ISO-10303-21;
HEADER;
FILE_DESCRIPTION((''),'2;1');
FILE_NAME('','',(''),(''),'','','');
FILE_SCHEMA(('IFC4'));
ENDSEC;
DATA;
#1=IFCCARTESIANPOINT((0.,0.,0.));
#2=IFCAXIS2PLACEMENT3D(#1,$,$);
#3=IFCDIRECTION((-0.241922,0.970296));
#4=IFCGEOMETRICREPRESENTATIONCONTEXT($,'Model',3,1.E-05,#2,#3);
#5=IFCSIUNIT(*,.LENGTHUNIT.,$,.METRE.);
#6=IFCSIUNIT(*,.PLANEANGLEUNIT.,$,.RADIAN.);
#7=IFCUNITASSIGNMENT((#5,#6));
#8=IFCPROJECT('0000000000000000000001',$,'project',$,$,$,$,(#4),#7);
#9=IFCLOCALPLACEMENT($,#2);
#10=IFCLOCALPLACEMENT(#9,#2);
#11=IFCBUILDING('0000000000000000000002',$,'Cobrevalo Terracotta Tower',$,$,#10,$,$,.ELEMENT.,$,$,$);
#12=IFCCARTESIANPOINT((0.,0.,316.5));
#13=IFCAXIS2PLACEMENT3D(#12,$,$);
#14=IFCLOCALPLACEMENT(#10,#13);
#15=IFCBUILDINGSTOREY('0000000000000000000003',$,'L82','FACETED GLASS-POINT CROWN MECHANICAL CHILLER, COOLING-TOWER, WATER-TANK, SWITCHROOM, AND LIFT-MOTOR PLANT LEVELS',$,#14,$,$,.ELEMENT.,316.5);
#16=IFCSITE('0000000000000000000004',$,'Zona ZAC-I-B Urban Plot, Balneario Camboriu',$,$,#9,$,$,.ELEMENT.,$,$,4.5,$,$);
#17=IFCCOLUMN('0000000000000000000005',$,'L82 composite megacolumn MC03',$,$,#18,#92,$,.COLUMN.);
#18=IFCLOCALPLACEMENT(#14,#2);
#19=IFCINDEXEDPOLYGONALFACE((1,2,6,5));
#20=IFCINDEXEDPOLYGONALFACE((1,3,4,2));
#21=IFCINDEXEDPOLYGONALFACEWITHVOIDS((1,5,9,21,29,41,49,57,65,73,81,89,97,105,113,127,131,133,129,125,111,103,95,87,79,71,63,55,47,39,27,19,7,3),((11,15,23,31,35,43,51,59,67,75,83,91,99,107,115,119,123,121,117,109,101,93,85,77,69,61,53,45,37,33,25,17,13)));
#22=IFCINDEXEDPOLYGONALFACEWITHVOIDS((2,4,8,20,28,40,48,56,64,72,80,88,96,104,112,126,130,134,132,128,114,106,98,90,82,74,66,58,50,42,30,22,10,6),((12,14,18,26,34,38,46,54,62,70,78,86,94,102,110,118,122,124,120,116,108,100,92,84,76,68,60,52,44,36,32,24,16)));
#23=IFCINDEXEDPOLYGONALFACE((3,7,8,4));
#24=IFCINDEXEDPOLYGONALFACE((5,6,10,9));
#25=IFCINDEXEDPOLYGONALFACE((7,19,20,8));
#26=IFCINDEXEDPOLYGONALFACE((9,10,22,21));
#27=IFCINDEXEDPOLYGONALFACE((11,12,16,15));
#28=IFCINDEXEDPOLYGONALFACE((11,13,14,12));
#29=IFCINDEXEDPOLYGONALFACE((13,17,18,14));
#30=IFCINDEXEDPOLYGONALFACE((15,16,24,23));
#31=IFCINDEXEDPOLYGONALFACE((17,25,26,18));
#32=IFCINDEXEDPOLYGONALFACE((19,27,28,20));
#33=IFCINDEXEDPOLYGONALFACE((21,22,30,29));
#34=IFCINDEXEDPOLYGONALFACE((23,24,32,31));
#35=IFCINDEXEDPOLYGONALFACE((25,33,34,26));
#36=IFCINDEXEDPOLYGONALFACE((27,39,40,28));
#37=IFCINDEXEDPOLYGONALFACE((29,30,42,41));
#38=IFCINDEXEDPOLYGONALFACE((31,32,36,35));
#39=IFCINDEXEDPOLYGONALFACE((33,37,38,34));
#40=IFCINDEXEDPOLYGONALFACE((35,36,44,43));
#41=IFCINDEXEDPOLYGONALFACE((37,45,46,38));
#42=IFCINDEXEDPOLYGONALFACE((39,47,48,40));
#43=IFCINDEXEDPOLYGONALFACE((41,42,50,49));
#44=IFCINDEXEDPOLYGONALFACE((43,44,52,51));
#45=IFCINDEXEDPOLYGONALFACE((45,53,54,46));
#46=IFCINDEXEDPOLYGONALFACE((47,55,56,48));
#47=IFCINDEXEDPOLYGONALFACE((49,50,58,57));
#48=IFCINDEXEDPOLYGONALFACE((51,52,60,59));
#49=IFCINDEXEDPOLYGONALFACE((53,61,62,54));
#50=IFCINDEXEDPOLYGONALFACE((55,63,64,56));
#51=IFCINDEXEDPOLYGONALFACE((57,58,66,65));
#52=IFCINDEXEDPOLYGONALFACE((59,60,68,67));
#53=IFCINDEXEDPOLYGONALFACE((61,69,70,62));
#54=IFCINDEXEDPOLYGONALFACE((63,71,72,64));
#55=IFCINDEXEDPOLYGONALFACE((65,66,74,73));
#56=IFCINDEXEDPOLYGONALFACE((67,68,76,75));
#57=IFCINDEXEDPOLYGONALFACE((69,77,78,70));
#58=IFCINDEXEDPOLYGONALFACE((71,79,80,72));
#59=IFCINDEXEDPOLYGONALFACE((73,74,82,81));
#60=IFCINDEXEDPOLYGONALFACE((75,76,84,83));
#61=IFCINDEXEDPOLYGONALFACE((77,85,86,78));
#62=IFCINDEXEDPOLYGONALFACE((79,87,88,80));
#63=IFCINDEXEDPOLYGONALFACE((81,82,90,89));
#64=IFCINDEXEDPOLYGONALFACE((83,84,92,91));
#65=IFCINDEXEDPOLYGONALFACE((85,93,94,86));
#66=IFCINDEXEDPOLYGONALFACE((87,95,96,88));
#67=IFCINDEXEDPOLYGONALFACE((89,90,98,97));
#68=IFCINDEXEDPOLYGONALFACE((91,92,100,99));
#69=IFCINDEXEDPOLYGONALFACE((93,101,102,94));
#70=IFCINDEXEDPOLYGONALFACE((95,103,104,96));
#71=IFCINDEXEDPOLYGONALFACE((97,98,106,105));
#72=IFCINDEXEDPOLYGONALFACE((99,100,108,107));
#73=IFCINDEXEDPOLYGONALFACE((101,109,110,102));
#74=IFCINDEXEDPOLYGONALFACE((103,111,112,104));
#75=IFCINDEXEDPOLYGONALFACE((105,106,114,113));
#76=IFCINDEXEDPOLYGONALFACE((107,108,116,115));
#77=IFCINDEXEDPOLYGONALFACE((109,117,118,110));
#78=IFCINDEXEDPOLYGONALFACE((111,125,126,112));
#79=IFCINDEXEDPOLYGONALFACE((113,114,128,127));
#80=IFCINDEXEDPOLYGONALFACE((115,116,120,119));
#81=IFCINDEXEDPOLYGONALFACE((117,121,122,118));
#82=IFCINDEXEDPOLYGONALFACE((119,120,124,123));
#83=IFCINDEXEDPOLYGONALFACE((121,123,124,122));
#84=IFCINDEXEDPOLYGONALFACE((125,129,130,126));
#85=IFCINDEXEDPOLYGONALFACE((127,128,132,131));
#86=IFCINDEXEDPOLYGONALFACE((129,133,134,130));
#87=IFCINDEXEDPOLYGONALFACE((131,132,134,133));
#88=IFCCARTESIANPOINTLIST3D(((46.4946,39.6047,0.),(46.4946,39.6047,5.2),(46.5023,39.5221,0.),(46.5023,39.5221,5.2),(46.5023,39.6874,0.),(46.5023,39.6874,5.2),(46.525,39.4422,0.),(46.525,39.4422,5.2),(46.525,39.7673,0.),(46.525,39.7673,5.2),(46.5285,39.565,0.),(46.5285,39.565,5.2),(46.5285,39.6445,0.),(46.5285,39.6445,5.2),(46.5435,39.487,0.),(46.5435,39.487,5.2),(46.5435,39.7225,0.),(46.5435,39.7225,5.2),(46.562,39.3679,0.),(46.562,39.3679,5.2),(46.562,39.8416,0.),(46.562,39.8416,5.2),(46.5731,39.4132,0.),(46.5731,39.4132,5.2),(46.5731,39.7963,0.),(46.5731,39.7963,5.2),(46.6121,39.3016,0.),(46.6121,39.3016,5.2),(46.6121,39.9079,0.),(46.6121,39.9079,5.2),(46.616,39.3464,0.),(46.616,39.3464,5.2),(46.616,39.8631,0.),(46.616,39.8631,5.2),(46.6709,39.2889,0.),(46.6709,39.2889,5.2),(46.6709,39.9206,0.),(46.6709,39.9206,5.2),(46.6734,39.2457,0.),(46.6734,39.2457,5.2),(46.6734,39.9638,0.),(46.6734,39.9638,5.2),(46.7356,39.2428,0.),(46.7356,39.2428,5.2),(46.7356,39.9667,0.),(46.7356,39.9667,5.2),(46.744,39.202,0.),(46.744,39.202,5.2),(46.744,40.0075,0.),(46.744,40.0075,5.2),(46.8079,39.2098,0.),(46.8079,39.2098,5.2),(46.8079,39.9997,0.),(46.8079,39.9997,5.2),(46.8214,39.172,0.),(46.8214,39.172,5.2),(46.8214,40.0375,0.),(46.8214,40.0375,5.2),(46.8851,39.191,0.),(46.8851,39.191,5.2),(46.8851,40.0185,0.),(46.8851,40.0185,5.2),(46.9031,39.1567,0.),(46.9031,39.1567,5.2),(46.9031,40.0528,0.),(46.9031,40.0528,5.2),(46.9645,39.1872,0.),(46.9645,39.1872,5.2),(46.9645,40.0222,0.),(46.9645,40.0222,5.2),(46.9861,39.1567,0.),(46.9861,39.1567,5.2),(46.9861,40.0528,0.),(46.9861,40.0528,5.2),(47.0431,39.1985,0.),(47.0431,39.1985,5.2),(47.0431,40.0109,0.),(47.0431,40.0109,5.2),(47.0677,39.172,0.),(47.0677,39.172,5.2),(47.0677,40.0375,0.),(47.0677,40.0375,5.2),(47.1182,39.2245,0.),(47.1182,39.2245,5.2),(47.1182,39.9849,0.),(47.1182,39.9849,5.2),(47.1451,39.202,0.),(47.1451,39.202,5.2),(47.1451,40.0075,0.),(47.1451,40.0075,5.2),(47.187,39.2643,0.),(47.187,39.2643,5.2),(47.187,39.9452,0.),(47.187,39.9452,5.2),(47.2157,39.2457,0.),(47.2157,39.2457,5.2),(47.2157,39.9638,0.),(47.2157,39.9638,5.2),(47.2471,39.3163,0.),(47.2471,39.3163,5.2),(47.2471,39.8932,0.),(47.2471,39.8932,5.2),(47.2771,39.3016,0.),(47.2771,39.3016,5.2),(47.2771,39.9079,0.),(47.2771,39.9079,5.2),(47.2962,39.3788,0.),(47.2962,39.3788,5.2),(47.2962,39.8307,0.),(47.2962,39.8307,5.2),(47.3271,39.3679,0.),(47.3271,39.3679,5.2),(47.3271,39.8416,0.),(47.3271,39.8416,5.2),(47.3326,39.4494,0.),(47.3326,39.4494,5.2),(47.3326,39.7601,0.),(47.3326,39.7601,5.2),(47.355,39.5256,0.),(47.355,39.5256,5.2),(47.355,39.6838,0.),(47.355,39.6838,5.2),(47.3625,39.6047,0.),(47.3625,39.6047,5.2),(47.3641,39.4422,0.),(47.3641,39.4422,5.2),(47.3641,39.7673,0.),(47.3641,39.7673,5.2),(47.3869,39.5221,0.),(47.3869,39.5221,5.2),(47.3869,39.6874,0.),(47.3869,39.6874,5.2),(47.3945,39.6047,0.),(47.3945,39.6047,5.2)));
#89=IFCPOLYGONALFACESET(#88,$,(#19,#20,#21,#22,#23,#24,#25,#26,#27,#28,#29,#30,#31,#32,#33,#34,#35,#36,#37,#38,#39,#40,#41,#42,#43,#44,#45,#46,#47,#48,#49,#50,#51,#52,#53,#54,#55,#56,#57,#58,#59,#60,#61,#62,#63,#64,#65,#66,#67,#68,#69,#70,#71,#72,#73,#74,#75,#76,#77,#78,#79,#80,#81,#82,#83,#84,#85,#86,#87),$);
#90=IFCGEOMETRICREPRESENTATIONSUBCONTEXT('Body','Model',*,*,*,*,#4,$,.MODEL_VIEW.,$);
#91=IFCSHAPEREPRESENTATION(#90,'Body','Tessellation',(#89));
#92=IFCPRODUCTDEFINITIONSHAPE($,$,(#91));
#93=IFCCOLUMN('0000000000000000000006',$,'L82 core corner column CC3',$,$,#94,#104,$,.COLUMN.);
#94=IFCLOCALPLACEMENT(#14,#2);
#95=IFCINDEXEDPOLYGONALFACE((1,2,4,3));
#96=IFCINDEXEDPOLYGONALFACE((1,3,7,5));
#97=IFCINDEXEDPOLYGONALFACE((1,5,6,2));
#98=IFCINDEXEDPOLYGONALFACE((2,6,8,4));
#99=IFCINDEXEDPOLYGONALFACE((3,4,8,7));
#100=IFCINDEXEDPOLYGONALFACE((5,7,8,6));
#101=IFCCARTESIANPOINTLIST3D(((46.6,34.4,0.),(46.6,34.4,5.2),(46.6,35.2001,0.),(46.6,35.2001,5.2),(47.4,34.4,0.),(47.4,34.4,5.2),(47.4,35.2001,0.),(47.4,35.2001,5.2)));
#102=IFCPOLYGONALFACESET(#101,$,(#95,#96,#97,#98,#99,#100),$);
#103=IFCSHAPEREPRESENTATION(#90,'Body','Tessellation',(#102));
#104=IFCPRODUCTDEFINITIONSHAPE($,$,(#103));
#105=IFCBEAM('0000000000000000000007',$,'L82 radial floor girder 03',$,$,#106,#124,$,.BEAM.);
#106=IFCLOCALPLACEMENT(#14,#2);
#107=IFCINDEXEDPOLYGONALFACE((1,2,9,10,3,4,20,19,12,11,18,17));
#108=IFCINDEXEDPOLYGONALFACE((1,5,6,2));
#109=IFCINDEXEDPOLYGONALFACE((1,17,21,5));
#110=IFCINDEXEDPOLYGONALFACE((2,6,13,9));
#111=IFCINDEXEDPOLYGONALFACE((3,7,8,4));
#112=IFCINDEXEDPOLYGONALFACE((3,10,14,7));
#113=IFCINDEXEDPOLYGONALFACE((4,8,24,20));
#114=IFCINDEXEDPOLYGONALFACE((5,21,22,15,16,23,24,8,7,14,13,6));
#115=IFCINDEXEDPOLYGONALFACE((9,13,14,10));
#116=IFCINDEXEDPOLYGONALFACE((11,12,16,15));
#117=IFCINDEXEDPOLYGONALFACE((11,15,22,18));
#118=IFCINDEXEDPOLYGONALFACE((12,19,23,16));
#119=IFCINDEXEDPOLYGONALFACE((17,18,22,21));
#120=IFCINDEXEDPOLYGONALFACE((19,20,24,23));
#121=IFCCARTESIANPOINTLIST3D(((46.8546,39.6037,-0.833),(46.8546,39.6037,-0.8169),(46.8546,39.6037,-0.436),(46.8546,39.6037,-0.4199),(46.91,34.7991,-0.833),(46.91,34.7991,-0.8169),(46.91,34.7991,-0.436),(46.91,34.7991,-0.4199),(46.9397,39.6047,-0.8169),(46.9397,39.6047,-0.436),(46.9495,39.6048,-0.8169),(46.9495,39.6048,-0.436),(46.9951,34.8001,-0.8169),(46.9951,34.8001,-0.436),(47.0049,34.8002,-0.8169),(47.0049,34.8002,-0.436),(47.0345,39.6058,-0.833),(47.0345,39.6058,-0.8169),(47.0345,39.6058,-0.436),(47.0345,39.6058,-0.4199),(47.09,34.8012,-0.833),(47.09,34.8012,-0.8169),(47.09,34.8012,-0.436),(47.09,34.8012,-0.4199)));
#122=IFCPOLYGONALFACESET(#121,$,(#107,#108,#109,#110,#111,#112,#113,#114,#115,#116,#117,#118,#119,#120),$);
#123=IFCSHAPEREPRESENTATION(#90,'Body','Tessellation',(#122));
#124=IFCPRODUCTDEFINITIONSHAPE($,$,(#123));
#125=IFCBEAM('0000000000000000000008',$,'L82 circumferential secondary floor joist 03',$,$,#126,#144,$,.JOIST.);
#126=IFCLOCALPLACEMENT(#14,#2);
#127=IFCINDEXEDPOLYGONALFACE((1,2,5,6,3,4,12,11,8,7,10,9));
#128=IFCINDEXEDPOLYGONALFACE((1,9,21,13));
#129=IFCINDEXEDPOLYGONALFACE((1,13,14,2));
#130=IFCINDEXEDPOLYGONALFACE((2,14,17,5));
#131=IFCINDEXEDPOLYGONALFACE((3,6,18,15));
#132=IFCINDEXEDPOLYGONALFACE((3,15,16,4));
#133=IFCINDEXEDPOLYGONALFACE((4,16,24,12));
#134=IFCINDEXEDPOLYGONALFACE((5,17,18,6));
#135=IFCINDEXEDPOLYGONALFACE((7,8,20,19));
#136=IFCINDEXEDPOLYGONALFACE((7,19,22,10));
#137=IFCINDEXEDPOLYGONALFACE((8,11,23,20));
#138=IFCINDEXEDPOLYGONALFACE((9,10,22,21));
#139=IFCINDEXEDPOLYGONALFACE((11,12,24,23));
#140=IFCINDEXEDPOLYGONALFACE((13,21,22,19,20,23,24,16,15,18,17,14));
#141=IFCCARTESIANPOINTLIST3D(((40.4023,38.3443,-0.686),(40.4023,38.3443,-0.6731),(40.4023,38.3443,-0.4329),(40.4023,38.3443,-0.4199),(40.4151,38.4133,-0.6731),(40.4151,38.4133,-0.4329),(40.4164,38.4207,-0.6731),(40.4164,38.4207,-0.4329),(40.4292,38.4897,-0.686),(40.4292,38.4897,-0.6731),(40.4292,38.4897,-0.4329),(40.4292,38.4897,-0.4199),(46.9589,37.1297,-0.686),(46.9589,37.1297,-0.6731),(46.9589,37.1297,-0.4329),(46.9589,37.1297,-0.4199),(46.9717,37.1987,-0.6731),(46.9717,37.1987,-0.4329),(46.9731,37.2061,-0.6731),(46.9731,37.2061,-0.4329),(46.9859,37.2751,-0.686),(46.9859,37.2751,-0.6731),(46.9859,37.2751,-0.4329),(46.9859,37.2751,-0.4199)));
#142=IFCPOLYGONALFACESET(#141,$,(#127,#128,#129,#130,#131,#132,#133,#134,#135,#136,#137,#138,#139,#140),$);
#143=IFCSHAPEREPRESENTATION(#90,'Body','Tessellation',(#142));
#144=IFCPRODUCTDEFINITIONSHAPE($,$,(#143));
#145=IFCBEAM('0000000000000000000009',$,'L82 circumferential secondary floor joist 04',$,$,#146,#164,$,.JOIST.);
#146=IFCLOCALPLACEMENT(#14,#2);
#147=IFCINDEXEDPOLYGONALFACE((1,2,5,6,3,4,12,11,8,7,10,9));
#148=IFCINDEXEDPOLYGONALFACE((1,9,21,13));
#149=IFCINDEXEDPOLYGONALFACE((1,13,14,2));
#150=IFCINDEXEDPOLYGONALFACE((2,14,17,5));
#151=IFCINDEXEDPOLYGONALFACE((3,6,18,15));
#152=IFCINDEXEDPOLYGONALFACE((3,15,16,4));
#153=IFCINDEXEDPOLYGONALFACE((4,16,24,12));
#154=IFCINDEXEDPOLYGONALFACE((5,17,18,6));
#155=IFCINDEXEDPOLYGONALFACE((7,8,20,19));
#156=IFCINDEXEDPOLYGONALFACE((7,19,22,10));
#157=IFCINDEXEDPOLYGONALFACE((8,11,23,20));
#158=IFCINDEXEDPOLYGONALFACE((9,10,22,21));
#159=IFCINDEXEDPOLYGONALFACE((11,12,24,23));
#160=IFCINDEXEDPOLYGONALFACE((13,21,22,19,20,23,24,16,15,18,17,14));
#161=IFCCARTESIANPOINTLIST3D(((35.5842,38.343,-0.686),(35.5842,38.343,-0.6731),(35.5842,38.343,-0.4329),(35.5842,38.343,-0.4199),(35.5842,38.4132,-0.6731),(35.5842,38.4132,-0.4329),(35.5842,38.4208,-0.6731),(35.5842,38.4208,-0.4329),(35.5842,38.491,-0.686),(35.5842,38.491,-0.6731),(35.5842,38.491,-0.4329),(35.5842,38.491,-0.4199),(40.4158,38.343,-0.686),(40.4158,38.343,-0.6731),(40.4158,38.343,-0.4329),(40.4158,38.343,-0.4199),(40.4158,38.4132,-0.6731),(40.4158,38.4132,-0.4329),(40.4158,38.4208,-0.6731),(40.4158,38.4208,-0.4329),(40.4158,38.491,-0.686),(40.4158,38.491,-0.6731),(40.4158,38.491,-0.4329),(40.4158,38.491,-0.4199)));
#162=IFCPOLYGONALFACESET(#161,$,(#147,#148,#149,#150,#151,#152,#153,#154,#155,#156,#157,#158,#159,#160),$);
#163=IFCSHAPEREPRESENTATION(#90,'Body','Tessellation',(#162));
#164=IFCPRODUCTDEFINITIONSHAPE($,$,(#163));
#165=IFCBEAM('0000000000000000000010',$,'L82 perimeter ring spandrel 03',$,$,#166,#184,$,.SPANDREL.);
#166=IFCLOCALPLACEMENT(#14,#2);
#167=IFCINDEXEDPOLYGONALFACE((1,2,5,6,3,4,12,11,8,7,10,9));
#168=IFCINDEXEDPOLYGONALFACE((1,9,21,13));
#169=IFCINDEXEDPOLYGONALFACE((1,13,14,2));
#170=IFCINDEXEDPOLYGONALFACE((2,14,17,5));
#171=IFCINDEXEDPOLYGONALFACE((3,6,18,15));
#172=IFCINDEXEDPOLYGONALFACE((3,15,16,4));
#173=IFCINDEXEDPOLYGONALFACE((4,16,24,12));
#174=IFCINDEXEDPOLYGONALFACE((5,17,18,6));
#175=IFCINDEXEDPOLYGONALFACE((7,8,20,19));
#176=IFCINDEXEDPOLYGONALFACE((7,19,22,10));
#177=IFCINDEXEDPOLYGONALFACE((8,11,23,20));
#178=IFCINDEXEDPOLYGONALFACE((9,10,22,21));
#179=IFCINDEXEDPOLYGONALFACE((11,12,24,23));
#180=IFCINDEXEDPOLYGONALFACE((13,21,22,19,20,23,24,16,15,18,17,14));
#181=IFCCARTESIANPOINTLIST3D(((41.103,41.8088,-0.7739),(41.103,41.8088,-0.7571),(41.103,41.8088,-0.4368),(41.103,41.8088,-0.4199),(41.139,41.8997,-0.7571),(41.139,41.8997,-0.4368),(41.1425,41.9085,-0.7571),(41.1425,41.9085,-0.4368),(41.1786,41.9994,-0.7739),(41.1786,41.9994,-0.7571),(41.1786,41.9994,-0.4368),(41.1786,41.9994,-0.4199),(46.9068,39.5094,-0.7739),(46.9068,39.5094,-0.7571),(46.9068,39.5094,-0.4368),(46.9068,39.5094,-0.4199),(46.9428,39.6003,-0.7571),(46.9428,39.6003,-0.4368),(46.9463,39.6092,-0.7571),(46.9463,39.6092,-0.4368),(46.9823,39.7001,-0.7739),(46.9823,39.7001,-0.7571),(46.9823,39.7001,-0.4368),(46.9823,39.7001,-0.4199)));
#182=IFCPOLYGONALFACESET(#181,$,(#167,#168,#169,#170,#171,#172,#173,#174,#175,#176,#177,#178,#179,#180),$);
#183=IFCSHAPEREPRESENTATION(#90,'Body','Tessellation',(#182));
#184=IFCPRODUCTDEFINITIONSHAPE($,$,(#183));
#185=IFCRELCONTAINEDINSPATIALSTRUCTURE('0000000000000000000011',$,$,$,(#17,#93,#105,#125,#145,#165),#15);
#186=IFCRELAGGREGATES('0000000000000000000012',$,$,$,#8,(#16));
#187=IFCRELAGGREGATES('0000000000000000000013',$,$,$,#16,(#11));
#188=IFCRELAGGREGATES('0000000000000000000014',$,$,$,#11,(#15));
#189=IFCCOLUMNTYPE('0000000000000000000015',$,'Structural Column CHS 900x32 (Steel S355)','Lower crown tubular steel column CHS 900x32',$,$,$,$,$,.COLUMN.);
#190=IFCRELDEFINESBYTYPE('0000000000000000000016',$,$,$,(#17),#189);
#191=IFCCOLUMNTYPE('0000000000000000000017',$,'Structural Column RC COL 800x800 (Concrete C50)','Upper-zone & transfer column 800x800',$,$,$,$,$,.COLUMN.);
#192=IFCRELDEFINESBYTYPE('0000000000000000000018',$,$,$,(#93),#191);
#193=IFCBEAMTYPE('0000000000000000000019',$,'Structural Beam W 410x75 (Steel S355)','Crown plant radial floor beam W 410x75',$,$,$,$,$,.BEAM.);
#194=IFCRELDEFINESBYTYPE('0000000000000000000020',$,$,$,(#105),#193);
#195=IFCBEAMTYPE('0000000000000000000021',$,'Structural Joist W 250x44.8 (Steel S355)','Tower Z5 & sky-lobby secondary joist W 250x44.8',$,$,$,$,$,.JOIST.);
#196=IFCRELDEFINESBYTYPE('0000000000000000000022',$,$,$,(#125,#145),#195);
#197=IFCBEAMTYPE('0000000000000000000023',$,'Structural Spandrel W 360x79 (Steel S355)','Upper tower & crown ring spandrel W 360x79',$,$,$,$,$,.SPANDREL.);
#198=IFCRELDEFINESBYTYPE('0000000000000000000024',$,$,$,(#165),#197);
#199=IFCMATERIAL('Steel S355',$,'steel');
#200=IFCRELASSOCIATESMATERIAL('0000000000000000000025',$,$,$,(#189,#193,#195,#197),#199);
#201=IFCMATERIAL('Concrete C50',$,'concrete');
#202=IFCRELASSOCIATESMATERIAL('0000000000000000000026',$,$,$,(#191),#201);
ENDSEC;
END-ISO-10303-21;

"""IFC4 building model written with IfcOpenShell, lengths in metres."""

from ifc_helpers import new_model, si_unit, direction, frame, origin, origin_2d, place, context, subcontext, project, spatial, rectangle, hollow_circle, i_section, extrude, material, material_profile, profile_set, type_object, element, save


model = new_model("IFC4")

# Units and contexts
model_context = context("Model", 3, precision=1e-05, world=origin(), true_north=direction((-0.241922, 0.970296)))
body_context = subcontext(model_context, "Body", "Model", "MODEL_VIEW")
ifc_project = project(units=[si_unit("LENGTHUNIT", "METRE"), si_unit("PLANEANGLEUNIT", "RADIAN")], contexts=[model_context])

# Site, building, storey
site_placement = place(None, origin())
site = spatial("IfcSite", under=ifc_project, at=site_placement, Name="Zona ZAC-I-B Urban Plot, Balneario Camboriu", CompositionType="ELEMENT", RefElevation=4.5)
building_placement = place(site_placement, origin())
building = spatial("IfcBuilding", under=site, at=building_placement, Name="Cobrevalo Terracotta Tower", CompositionType="ELEMENT")
storey_placement = place(building_placement, frame((0.0, 0.0, 316.5)))
storey = spatial("IfcBuildingStorey", under=building, at=storey_placement, Name="L82", Description="FACETED GLASS-POINT CROWN MECHANICAL CHILLER, COOLING-TOWER, WATER-TANK, SWITCHROOM, AND LIFT-MOTOR PLANT LEVELS", CompositionType="ELEMENT", Elevation=316.5)

# Columns
ifc_material_1 = material(Name="Steel S355", Category="steel")
ifc_material_profile_1 = material_profile(ifc_material_1, hollow_circle(Radius=0.45, WallThickness=0.032, at=origin_2d()), Name="CHS 900x32")
ifc_profile_set_1 = profile_set([ifc_material_profile_1], Name="Steel S355")
column_type_1 = type_object("IfcColumnType", Name="Structural Column CHS 900x32 (Steel S355)", Description="Lower crown tubular steel column CHS 900x32", PredefinedType="COLUMN", material=ifc_profile_set_1)
column_1_placement = place(storey_placement, frame((46.9446, 39.6047, 0.0), z_axis=(0.0, 0.0, 1.0), x_axis=(1.0, 0.0, 0.0)))
element("IfcColumn", 1, at=column_1_placement, inside=storey, type_object=column_type_1, Name="L82 composite megacolumn MC03", PredefinedType="COLUMN", context=body_context, shape_type="SweptSolid", body=[
    extrude(hollow_circle(Radius=0.45, WallThickness=0.032, at=origin_2d()), origin(), (0.0, 0.0, 1.0), 5.2),
])
ifc_material_2 = material(Name="Concrete C50", Category="concrete")
ifc_material_profile_2 = material_profile(ifc_material_2, rectangle(XDim=0.8, YDim=0.8, at=origin_2d()), Name="RC COL 800x800")
ifc_profile_set_2 = profile_set([ifc_material_profile_2], Name="Concrete C50")
column_type_2 = type_object("IfcColumnType", Name="Structural Column RC COL 800x800 (Concrete C50)", Description="Upper-zone & transfer column 800x800", PredefinedType="COLUMN", material=ifc_profile_set_2)
column_2_placement = place(storey_placement, frame((47.0, 34.8, 0.0), z_axis=(0.0, 0.0, 1.0), x_axis=(1.0, 0.0, 0.0)))
element("IfcColumn", 2, at=column_2_placement, inside=storey, type_object=column_type_2, Name="L82 core corner column CC3", PredefinedType="COLUMN", context=body_context, shape_type="SweptSolid", body=[
    extrude(rectangle(XDim=0.8, YDim=0.8, at=origin_2d()), origin(), (0.0, 0.0, 1.0), 5.2),
])

# Beams
ifc_material_profile_3 = material_profile(ifc_material_1, i_section(OverallWidth=0.1799, OverallDepth=0.4131, WebThickness=0.0098, FlangeThickness=0.0161, at=origin_2d()), Name="W 410x75")
ifc_profile_set_3 = profile_set([ifc_material_profile_3], Name="Steel S355")
beam_type_1 = type_object("IfcBeamType", Name="Structural Beam W 410x75 (Steel S355)", Description="Crown plant radial floor beam W 410x75", PredefinedType="BEAM", material=ifc_profile_set_3)
beam_1_placement = place(storey_placement, frame((46.9446, 39.6047, -0.6265), z_axis=(0.011534, -0.999933, 0.0), x_axis=(0.999933, 0.011534, 0.0)))
element("IfcBeam", 3, at=beam_1_placement, inside=storey, type_object=beam_type_1, Name="L82 radial floor girder 03", PredefinedType="BEAM", context=body_context, shape_type="SweptSolid", body=[
    extrude(i_section(OverallWidth=0.1799, OverallDepth=0.4131, WebThickness=0.0098, FlangeThickness=0.0161, at=origin_2d()), origin(), (0.0, 0.0, 1.0), 4.8049),
])
ifc_material_profile_4 = material_profile(ifc_material_1, i_section(OverallWidth=0.1479, OverallDepth=0.2661, WebThickness=0.0076, FlangeThickness=0.0129, at=origin_2d()), Name="W 250x44.8")
ifc_profile_set_4 = profile_set([ifc_material_profile_4], Name="Steel S355")
beam_type_2 = type_object("IfcBeamType", Name="Structural Joist W 250x44.8 (Steel S355)", Description="Tower Z5 & sky-lobby secondary joist W 250x44.8", PredefinedType="JOIST", material=ifc_profile_set_4)
beam_2_placement = place(storey_placement, frame((46.9724, 37.2024, -0.553), z_axis=(-0.983271, 0.182148, 0.0), x_axis=(-0.182148, -0.983271, 0.0)))
element("IfcBeam", 4, at=beam_2_placement, inside=storey, type_object=beam_type_2, Name="L82 circumferential secondary floor joist 03", PredefinedType="JOIST", context=body_context, shape_type="SweptSolid", body=[
    extrude(i_section(OverallWidth=0.1479, OverallDepth=0.2661, WebThickness=0.0076, FlangeThickness=0.0129, at=origin_2d()), origin(), (0.0, 0.0, 1.0), 6.6682),
])
beam_3_placement = place(storey_placement, frame((40.4158, 38.417, -0.553), z_axis=(-1.0, 0.0, 0.0), x_axis=(0.0, -1.0, 0.0)))
element("IfcBeam", 5, at=beam_3_placement, inside=storey, type_object=beam_type_2, Name="L82 circumferential secondary floor joist 04", PredefinedType="JOIST", context=body_context, shape_type="SweptSolid", body=[
    extrude(i_section(OverallWidth=0.1479, OverallDepth=0.2661, WebThickness=0.0076, FlangeThickness=0.0129, at=origin_2d()), origin(), (0.0, 0.0, 1.0), 4.8315),
])
ifc_material_profile_5 = material_profile(ifc_material_1, i_section(OverallWidth=0.2051, OverallDepth=0.354, WebThickness=0.0095, FlangeThickness=0.0168, at=origin_2d()), Name="W 360x79")
ifc_profile_set_5 = profile_set([ifc_material_profile_5], Name="Steel S355")
beam_type_3 = type_object("IfcBeamType", Name="Structural Spandrel W 360x79 (Steel S355)", Description="Upper tower & crown ring spandrel W 360x79", PredefinedType="SPANDREL", material=ifc_profile_set_5)
beam_4_placement = place(storey_placement, frame((46.9446, 39.6047, -0.5969), z_axis=(-0.929696, 0.368327, 0.0), x_axis=(-0.368327, -0.929696, 0.0)))
element("IfcBeam", 6, at=beam_4_placement, inside=storey, type_object=beam_type_3, Name="L82 perimeter ring spandrel 03", PredefinedType="SPANDREL", context=body_context, shape_type="SweptSolid", body=[
    extrude(i_section(OverallWidth=0.2051, OverallDepth=0.354, WebThickness=0.0095, FlangeThickness=0.0168, at=origin_2d()), origin(), (0.0, 0.0, 1.0), 6.2427),
])

save(model, "model.ifc")
